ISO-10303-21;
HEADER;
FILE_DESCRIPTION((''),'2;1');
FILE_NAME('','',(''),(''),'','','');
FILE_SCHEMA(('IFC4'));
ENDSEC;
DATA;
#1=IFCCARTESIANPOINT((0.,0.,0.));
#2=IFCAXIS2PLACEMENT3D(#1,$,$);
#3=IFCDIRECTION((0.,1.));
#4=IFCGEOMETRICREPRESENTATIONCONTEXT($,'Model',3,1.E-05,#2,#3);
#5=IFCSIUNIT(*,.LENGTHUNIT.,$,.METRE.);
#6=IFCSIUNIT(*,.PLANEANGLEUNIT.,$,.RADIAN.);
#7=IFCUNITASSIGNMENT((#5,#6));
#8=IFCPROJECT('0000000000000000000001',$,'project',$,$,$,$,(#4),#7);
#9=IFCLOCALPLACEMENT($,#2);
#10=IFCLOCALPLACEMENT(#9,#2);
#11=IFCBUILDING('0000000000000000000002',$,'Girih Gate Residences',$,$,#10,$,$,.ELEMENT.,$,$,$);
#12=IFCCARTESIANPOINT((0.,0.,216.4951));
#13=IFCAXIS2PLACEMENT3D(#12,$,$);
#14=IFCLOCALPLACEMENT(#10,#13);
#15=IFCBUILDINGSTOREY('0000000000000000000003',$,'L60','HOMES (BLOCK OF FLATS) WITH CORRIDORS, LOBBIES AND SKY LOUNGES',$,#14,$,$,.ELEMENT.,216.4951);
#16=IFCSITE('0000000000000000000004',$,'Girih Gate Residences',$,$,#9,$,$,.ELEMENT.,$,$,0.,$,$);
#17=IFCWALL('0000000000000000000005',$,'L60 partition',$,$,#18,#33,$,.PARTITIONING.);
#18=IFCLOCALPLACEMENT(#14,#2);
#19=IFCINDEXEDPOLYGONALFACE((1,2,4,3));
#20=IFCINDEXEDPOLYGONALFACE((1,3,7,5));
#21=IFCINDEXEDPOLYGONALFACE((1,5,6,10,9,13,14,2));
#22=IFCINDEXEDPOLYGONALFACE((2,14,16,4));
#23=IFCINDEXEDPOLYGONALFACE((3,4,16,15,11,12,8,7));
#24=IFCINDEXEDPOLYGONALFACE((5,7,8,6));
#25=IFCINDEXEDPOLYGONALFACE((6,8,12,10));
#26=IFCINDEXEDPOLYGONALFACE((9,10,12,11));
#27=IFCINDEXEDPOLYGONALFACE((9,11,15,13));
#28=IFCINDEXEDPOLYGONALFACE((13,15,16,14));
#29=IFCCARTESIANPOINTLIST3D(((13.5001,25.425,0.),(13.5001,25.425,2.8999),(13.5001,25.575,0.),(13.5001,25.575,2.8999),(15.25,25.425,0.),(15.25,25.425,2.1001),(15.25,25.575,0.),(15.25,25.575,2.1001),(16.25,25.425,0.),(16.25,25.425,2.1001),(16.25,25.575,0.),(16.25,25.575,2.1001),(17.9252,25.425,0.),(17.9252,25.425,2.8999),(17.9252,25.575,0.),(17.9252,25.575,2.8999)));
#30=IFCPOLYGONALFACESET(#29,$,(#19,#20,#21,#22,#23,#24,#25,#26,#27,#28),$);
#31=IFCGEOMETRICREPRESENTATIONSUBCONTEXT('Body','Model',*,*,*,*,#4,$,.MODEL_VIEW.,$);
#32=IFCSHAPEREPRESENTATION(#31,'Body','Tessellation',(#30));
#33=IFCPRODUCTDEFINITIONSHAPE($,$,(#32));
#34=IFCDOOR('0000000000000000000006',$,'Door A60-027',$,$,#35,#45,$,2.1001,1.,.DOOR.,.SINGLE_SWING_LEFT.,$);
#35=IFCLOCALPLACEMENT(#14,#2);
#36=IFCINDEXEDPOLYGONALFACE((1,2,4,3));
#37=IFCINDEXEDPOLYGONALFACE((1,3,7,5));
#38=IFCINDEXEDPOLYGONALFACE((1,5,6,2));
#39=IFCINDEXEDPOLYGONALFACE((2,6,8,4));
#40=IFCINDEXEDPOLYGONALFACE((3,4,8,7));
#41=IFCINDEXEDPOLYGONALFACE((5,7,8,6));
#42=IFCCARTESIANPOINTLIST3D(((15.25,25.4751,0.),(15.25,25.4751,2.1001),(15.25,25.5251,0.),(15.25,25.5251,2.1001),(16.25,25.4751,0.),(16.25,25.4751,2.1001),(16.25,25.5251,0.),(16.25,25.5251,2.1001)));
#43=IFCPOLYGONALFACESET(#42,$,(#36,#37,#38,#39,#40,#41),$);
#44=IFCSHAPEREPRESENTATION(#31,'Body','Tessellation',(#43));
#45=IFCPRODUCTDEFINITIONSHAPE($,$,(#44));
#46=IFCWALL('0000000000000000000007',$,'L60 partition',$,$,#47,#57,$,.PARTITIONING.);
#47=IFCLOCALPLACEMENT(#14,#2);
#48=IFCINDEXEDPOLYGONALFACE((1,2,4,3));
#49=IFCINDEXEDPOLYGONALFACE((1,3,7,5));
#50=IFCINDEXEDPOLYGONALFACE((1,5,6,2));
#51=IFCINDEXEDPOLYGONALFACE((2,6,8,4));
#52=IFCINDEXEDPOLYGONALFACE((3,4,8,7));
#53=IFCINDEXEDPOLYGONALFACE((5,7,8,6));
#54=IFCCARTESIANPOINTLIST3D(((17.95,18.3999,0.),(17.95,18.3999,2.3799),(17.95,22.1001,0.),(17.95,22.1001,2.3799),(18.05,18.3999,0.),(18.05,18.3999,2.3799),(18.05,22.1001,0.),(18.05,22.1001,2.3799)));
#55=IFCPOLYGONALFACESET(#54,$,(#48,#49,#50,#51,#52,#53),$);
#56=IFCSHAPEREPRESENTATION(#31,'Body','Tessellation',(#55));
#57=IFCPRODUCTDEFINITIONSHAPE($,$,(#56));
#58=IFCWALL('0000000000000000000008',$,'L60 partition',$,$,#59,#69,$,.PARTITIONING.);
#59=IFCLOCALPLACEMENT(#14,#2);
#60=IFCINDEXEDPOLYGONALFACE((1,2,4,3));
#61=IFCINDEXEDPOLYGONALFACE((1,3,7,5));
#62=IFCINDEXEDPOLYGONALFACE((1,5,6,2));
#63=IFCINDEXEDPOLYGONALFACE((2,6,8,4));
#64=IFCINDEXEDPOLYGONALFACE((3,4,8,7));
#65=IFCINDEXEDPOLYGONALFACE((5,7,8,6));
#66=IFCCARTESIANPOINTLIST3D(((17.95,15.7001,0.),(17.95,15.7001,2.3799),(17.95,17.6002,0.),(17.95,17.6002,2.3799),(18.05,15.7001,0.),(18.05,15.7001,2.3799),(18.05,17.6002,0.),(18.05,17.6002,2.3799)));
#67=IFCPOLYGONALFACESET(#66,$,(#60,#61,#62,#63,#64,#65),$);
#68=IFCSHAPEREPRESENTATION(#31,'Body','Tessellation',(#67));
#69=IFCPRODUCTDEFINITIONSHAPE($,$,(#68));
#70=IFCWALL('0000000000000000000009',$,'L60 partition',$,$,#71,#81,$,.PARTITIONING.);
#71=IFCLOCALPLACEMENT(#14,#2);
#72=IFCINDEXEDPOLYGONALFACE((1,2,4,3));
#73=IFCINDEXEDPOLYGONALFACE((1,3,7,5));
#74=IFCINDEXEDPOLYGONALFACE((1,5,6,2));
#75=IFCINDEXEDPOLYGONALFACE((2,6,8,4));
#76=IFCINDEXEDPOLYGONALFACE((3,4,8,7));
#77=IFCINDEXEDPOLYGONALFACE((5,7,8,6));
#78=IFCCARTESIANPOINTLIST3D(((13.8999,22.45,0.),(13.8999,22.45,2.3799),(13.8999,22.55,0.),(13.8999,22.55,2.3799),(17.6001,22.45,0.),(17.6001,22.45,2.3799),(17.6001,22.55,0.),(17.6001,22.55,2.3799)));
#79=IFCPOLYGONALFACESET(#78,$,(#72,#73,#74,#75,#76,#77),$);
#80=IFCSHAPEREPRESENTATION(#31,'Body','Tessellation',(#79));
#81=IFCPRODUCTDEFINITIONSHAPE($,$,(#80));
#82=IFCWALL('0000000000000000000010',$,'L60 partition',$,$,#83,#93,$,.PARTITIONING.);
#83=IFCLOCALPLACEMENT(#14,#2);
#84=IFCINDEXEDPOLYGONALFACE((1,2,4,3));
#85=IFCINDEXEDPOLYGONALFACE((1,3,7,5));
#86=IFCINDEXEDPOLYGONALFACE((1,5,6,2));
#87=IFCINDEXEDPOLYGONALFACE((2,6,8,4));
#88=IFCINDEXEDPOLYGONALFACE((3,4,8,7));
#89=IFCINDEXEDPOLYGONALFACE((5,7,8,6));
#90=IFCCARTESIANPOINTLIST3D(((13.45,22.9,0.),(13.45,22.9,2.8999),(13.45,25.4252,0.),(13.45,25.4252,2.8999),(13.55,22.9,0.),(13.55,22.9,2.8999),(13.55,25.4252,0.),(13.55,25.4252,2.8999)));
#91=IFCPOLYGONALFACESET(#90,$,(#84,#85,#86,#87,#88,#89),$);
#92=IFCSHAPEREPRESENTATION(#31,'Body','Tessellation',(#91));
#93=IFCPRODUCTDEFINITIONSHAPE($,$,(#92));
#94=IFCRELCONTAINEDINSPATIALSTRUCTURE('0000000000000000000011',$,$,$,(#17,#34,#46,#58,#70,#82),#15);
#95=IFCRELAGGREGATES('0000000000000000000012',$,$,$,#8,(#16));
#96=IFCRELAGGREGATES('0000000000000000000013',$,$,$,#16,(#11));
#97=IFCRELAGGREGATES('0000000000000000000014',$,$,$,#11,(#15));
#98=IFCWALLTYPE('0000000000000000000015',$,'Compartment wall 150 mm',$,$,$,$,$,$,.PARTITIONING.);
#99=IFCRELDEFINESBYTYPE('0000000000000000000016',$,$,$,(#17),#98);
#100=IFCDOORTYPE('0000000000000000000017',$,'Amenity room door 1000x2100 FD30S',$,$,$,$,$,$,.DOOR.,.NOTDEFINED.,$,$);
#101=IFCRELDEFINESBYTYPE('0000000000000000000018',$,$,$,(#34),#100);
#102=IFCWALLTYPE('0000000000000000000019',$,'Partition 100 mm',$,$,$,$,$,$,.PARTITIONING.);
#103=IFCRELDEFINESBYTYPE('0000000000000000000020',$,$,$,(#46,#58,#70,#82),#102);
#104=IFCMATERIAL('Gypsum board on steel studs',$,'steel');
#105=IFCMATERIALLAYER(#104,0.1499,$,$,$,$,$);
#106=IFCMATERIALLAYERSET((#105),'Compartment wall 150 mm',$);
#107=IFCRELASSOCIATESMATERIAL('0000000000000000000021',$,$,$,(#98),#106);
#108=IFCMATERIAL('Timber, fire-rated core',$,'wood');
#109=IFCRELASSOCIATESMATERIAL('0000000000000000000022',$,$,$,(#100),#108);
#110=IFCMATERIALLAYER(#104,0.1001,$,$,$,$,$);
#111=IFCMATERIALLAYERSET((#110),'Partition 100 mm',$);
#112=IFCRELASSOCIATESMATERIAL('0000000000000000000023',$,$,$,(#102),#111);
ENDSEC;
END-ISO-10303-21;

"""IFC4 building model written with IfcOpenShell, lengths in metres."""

from ifc_helpers import new_model, si_unit, direction, frame, frame_2d, origin, place, context, subcontext, project, spatial, rectangle, extrude, material, layer, layer_set, type_object, element, fill, save


model = new_model("IFC4")

# Units and contexts
model_context = context("Model", 3, precision=1e-05, world=origin(), true_north=direction((0.0, 1.0)))
body_context = subcontext(model_context, "Body", "Model", "MODEL_VIEW")
ifc_project = project(units=[si_unit("LENGTHUNIT", "METRE"), si_unit("PLANEANGLEUNIT", "RADIAN")], contexts=[model_context])

# Site, building, storey
site_placement = place(None, origin())
site = spatial("IfcSite", under=ifc_project, at=site_placement, Name="Girih Gate Residences", CompositionType="ELEMENT", RefElevation=0.0)
building_placement = place(site_placement, origin())
building = spatial("IfcBuilding", under=site, at=building_placement, Name="Girih Gate Residences", CompositionType="ELEMENT")
storey_placement = place(building_placement, frame((0.0, 0.0, 216.4951)))
storey = spatial("IfcBuildingStorey", under=building, at=storey_placement, Name="L60", Description="HOMES (BLOCK OF FLATS) WITH CORRIDORS, LOBBIES AND SKY LOUNGES", CompositionType="ELEMENT", Elevation=216.4951)

# Shared definitions
ifc_material_1 = material(Name="Gypsum board on steel studs", Category="steel")
ifc_layer_1 = layer(ifc_material_1, 0.1499)
ifc_layer_set_1 = layer_set([ifc_layer_1], Name="Compartment wall 150 mm")
wall_type_1 = type_object("IfcWallType", Name="Compartment wall 150 mm", PredefinedType="PARTITIONING", material=ifc_layer_set_1)

# Wall, opening, door
ifc_material_2 = material(Name="Timber, fire-rated core", Category="wood")
door_type = type_object("IfcDoorType", Name="Amenity room door 1000x2100 FD30S", OperationType="NOTDEFINED", PredefinedType="DOOR", material=ifc_material_2)
wall_1_placement = place(storey_placement, frame((17.925, 25.5, 0.0), z_axis=(0.0, 0.0, 1.0), x_axis=(-1.0, 0.0, 0.0)))
wall_1 = element("IfcWall", 1, at=wall_1_placement, inside=storey, type_object=wall_type_1, Name="L60 partition", PredefinedType="PARTITIONING", context=body_context, shape_type="SweptSolid", body=[
    extrude(rectangle(XDim=4.425, YDim=0.1499, at=frame_2d((2.2124, 0.0))), origin(), (0.0, 0.0, 1.0), 2.8999),
])
opening_1_placement = place(wall_1_placement, frame((1.675, 0.0, 0.0)))
opening_1 = element("IfcOpeningElement", 2, at=opening_1_placement, cuts=wall_1, PredefinedType="OPENING", context=body_context, shape_type="SweptSolid", body=[
    extrude(rectangle(XDim=1.0, YDim=2.1001, at=frame_2d((0.5, 1.05))), frame((0.0, 0.085, 0.0), z_axis=(0.0, -1.0, 0.0), x_axis=(1.0, 0.0, 0.0)), (0.0, 0.0, 1.0), 0.1699),
])
door_1_placement = place(opening_1_placement, origin())
door_1 = element("IfcDoor", 3, at=door_1_placement, inside=storey, type_object=door_type, Name="Door A60-027", OperationType="SINGLE_SWING_LEFT", OverallHeight=2.1001, OverallWidth=1.0, PredefinedType="DOOR", context=body_context, shape_type="SweptSolid", body=[
    extrude(rectangle(XDim=1.0, YDim=2.1001, at=frame_2d((0.5, 1.05))), frame((0.0, 0.0249, 0.0), z_axis=(0.0, -1.0, 0.0), x_axis=(1.0, 0.0, 0.0)), (0.0, 0.0, 1.0), 0.05),
])
fill(opening_1, door_1)

# Walls
ifc_layer_2 = layer(ifc_material_1, 0.1001)
ifc_layer_set_2 = layer_set([ifc_layer_2], Name="Partition 100 mm")
wall_type_2 = type_object("IfcWallType", Name="Partition 100 mm", PredefinedType="PARTITIONING", material=ifc_layer_set_2)
wall_2_placement = place(storey_placement, frame((18.0, 18.3999, 0.0), z_axis=(0.0, 0.0, 1.0), x_axis=(0.0, 1.0, 0.0)))
element("IfcWall", 4, at=wall_2_placement, inside=storey, type_object=wall_type_2, Name="L60 partition", PredefinedType="PARTITIONING", context=body_context, shape_type="SweptSolid", body=[
    extrude(rectangle(XDim=3.7002, YDim=0.1001, at=frame_2d((1.8501, 0.0))), origin(), (0.0, 0.0, 1.0), 2.3799),
])
wall_3_placement = place(storey_placement, frame((18.0, 15.7, 0.0), z_axis=(0.0, 0.0, 1.0), x_axis=(0.0, 1.0, 0.0)))
element("IfcWall", 5, at=wall_3_placement, inside=storey, type_object=wall_type_2, Name="L60 partition", PredefinedType="PARTITIONING", context=body_context, shape_type="SweptSolid", body=[
    extrude(rectangle(XDim=1.9001, YDim=0.1001, at=frame_2d((0.9502, 0.0))), origin(), (0.0, 0.0, 1.0), 2.3799),
])
wall_4_placement = place(storey_placement, frame((13.8999, 22.5, 0.0), z_axis=(0.0, 0.0, 1.0), x_axis=(1.0, 0.0, 0.0)))
element("IfcWall", 6, at=wall_4_placement, inside=storey, type_object=wall_type_2, Name="L60 partition", PredefinedType="PARTITIONING", context=body_context, shape_type="SweptSolid", body=[
    extrude(rectangle(XDim=3.7002, YDim=0.1001, at=frame_2d((1.8501, 0.0))), origin(), (0.0, 0.0, 1.0), 2.3799),
])
wall_5_placement = place(storey_placement, frame((13.5, 22.8999, 0.0), z_axis=(0.0, 0.0, 1.0), x_axis=(0.0, 1.0, 0.0)))
element("IfcWall", 7, at=wall_5_placement, inside=storey, type_object=wall_type_2, Name="L60 partition", PredefinedType="PARTITIONING", context=body_context, shape_type="SweptSolid", body=[
    extrude(rectangle(XDim=2.5251, YDim=0.1001, at=frame_2d((1.2627, 0.0))), origin(), (0.0, 0.0, 1.0), 2.8999),
])

save(model, "model.ifc")
